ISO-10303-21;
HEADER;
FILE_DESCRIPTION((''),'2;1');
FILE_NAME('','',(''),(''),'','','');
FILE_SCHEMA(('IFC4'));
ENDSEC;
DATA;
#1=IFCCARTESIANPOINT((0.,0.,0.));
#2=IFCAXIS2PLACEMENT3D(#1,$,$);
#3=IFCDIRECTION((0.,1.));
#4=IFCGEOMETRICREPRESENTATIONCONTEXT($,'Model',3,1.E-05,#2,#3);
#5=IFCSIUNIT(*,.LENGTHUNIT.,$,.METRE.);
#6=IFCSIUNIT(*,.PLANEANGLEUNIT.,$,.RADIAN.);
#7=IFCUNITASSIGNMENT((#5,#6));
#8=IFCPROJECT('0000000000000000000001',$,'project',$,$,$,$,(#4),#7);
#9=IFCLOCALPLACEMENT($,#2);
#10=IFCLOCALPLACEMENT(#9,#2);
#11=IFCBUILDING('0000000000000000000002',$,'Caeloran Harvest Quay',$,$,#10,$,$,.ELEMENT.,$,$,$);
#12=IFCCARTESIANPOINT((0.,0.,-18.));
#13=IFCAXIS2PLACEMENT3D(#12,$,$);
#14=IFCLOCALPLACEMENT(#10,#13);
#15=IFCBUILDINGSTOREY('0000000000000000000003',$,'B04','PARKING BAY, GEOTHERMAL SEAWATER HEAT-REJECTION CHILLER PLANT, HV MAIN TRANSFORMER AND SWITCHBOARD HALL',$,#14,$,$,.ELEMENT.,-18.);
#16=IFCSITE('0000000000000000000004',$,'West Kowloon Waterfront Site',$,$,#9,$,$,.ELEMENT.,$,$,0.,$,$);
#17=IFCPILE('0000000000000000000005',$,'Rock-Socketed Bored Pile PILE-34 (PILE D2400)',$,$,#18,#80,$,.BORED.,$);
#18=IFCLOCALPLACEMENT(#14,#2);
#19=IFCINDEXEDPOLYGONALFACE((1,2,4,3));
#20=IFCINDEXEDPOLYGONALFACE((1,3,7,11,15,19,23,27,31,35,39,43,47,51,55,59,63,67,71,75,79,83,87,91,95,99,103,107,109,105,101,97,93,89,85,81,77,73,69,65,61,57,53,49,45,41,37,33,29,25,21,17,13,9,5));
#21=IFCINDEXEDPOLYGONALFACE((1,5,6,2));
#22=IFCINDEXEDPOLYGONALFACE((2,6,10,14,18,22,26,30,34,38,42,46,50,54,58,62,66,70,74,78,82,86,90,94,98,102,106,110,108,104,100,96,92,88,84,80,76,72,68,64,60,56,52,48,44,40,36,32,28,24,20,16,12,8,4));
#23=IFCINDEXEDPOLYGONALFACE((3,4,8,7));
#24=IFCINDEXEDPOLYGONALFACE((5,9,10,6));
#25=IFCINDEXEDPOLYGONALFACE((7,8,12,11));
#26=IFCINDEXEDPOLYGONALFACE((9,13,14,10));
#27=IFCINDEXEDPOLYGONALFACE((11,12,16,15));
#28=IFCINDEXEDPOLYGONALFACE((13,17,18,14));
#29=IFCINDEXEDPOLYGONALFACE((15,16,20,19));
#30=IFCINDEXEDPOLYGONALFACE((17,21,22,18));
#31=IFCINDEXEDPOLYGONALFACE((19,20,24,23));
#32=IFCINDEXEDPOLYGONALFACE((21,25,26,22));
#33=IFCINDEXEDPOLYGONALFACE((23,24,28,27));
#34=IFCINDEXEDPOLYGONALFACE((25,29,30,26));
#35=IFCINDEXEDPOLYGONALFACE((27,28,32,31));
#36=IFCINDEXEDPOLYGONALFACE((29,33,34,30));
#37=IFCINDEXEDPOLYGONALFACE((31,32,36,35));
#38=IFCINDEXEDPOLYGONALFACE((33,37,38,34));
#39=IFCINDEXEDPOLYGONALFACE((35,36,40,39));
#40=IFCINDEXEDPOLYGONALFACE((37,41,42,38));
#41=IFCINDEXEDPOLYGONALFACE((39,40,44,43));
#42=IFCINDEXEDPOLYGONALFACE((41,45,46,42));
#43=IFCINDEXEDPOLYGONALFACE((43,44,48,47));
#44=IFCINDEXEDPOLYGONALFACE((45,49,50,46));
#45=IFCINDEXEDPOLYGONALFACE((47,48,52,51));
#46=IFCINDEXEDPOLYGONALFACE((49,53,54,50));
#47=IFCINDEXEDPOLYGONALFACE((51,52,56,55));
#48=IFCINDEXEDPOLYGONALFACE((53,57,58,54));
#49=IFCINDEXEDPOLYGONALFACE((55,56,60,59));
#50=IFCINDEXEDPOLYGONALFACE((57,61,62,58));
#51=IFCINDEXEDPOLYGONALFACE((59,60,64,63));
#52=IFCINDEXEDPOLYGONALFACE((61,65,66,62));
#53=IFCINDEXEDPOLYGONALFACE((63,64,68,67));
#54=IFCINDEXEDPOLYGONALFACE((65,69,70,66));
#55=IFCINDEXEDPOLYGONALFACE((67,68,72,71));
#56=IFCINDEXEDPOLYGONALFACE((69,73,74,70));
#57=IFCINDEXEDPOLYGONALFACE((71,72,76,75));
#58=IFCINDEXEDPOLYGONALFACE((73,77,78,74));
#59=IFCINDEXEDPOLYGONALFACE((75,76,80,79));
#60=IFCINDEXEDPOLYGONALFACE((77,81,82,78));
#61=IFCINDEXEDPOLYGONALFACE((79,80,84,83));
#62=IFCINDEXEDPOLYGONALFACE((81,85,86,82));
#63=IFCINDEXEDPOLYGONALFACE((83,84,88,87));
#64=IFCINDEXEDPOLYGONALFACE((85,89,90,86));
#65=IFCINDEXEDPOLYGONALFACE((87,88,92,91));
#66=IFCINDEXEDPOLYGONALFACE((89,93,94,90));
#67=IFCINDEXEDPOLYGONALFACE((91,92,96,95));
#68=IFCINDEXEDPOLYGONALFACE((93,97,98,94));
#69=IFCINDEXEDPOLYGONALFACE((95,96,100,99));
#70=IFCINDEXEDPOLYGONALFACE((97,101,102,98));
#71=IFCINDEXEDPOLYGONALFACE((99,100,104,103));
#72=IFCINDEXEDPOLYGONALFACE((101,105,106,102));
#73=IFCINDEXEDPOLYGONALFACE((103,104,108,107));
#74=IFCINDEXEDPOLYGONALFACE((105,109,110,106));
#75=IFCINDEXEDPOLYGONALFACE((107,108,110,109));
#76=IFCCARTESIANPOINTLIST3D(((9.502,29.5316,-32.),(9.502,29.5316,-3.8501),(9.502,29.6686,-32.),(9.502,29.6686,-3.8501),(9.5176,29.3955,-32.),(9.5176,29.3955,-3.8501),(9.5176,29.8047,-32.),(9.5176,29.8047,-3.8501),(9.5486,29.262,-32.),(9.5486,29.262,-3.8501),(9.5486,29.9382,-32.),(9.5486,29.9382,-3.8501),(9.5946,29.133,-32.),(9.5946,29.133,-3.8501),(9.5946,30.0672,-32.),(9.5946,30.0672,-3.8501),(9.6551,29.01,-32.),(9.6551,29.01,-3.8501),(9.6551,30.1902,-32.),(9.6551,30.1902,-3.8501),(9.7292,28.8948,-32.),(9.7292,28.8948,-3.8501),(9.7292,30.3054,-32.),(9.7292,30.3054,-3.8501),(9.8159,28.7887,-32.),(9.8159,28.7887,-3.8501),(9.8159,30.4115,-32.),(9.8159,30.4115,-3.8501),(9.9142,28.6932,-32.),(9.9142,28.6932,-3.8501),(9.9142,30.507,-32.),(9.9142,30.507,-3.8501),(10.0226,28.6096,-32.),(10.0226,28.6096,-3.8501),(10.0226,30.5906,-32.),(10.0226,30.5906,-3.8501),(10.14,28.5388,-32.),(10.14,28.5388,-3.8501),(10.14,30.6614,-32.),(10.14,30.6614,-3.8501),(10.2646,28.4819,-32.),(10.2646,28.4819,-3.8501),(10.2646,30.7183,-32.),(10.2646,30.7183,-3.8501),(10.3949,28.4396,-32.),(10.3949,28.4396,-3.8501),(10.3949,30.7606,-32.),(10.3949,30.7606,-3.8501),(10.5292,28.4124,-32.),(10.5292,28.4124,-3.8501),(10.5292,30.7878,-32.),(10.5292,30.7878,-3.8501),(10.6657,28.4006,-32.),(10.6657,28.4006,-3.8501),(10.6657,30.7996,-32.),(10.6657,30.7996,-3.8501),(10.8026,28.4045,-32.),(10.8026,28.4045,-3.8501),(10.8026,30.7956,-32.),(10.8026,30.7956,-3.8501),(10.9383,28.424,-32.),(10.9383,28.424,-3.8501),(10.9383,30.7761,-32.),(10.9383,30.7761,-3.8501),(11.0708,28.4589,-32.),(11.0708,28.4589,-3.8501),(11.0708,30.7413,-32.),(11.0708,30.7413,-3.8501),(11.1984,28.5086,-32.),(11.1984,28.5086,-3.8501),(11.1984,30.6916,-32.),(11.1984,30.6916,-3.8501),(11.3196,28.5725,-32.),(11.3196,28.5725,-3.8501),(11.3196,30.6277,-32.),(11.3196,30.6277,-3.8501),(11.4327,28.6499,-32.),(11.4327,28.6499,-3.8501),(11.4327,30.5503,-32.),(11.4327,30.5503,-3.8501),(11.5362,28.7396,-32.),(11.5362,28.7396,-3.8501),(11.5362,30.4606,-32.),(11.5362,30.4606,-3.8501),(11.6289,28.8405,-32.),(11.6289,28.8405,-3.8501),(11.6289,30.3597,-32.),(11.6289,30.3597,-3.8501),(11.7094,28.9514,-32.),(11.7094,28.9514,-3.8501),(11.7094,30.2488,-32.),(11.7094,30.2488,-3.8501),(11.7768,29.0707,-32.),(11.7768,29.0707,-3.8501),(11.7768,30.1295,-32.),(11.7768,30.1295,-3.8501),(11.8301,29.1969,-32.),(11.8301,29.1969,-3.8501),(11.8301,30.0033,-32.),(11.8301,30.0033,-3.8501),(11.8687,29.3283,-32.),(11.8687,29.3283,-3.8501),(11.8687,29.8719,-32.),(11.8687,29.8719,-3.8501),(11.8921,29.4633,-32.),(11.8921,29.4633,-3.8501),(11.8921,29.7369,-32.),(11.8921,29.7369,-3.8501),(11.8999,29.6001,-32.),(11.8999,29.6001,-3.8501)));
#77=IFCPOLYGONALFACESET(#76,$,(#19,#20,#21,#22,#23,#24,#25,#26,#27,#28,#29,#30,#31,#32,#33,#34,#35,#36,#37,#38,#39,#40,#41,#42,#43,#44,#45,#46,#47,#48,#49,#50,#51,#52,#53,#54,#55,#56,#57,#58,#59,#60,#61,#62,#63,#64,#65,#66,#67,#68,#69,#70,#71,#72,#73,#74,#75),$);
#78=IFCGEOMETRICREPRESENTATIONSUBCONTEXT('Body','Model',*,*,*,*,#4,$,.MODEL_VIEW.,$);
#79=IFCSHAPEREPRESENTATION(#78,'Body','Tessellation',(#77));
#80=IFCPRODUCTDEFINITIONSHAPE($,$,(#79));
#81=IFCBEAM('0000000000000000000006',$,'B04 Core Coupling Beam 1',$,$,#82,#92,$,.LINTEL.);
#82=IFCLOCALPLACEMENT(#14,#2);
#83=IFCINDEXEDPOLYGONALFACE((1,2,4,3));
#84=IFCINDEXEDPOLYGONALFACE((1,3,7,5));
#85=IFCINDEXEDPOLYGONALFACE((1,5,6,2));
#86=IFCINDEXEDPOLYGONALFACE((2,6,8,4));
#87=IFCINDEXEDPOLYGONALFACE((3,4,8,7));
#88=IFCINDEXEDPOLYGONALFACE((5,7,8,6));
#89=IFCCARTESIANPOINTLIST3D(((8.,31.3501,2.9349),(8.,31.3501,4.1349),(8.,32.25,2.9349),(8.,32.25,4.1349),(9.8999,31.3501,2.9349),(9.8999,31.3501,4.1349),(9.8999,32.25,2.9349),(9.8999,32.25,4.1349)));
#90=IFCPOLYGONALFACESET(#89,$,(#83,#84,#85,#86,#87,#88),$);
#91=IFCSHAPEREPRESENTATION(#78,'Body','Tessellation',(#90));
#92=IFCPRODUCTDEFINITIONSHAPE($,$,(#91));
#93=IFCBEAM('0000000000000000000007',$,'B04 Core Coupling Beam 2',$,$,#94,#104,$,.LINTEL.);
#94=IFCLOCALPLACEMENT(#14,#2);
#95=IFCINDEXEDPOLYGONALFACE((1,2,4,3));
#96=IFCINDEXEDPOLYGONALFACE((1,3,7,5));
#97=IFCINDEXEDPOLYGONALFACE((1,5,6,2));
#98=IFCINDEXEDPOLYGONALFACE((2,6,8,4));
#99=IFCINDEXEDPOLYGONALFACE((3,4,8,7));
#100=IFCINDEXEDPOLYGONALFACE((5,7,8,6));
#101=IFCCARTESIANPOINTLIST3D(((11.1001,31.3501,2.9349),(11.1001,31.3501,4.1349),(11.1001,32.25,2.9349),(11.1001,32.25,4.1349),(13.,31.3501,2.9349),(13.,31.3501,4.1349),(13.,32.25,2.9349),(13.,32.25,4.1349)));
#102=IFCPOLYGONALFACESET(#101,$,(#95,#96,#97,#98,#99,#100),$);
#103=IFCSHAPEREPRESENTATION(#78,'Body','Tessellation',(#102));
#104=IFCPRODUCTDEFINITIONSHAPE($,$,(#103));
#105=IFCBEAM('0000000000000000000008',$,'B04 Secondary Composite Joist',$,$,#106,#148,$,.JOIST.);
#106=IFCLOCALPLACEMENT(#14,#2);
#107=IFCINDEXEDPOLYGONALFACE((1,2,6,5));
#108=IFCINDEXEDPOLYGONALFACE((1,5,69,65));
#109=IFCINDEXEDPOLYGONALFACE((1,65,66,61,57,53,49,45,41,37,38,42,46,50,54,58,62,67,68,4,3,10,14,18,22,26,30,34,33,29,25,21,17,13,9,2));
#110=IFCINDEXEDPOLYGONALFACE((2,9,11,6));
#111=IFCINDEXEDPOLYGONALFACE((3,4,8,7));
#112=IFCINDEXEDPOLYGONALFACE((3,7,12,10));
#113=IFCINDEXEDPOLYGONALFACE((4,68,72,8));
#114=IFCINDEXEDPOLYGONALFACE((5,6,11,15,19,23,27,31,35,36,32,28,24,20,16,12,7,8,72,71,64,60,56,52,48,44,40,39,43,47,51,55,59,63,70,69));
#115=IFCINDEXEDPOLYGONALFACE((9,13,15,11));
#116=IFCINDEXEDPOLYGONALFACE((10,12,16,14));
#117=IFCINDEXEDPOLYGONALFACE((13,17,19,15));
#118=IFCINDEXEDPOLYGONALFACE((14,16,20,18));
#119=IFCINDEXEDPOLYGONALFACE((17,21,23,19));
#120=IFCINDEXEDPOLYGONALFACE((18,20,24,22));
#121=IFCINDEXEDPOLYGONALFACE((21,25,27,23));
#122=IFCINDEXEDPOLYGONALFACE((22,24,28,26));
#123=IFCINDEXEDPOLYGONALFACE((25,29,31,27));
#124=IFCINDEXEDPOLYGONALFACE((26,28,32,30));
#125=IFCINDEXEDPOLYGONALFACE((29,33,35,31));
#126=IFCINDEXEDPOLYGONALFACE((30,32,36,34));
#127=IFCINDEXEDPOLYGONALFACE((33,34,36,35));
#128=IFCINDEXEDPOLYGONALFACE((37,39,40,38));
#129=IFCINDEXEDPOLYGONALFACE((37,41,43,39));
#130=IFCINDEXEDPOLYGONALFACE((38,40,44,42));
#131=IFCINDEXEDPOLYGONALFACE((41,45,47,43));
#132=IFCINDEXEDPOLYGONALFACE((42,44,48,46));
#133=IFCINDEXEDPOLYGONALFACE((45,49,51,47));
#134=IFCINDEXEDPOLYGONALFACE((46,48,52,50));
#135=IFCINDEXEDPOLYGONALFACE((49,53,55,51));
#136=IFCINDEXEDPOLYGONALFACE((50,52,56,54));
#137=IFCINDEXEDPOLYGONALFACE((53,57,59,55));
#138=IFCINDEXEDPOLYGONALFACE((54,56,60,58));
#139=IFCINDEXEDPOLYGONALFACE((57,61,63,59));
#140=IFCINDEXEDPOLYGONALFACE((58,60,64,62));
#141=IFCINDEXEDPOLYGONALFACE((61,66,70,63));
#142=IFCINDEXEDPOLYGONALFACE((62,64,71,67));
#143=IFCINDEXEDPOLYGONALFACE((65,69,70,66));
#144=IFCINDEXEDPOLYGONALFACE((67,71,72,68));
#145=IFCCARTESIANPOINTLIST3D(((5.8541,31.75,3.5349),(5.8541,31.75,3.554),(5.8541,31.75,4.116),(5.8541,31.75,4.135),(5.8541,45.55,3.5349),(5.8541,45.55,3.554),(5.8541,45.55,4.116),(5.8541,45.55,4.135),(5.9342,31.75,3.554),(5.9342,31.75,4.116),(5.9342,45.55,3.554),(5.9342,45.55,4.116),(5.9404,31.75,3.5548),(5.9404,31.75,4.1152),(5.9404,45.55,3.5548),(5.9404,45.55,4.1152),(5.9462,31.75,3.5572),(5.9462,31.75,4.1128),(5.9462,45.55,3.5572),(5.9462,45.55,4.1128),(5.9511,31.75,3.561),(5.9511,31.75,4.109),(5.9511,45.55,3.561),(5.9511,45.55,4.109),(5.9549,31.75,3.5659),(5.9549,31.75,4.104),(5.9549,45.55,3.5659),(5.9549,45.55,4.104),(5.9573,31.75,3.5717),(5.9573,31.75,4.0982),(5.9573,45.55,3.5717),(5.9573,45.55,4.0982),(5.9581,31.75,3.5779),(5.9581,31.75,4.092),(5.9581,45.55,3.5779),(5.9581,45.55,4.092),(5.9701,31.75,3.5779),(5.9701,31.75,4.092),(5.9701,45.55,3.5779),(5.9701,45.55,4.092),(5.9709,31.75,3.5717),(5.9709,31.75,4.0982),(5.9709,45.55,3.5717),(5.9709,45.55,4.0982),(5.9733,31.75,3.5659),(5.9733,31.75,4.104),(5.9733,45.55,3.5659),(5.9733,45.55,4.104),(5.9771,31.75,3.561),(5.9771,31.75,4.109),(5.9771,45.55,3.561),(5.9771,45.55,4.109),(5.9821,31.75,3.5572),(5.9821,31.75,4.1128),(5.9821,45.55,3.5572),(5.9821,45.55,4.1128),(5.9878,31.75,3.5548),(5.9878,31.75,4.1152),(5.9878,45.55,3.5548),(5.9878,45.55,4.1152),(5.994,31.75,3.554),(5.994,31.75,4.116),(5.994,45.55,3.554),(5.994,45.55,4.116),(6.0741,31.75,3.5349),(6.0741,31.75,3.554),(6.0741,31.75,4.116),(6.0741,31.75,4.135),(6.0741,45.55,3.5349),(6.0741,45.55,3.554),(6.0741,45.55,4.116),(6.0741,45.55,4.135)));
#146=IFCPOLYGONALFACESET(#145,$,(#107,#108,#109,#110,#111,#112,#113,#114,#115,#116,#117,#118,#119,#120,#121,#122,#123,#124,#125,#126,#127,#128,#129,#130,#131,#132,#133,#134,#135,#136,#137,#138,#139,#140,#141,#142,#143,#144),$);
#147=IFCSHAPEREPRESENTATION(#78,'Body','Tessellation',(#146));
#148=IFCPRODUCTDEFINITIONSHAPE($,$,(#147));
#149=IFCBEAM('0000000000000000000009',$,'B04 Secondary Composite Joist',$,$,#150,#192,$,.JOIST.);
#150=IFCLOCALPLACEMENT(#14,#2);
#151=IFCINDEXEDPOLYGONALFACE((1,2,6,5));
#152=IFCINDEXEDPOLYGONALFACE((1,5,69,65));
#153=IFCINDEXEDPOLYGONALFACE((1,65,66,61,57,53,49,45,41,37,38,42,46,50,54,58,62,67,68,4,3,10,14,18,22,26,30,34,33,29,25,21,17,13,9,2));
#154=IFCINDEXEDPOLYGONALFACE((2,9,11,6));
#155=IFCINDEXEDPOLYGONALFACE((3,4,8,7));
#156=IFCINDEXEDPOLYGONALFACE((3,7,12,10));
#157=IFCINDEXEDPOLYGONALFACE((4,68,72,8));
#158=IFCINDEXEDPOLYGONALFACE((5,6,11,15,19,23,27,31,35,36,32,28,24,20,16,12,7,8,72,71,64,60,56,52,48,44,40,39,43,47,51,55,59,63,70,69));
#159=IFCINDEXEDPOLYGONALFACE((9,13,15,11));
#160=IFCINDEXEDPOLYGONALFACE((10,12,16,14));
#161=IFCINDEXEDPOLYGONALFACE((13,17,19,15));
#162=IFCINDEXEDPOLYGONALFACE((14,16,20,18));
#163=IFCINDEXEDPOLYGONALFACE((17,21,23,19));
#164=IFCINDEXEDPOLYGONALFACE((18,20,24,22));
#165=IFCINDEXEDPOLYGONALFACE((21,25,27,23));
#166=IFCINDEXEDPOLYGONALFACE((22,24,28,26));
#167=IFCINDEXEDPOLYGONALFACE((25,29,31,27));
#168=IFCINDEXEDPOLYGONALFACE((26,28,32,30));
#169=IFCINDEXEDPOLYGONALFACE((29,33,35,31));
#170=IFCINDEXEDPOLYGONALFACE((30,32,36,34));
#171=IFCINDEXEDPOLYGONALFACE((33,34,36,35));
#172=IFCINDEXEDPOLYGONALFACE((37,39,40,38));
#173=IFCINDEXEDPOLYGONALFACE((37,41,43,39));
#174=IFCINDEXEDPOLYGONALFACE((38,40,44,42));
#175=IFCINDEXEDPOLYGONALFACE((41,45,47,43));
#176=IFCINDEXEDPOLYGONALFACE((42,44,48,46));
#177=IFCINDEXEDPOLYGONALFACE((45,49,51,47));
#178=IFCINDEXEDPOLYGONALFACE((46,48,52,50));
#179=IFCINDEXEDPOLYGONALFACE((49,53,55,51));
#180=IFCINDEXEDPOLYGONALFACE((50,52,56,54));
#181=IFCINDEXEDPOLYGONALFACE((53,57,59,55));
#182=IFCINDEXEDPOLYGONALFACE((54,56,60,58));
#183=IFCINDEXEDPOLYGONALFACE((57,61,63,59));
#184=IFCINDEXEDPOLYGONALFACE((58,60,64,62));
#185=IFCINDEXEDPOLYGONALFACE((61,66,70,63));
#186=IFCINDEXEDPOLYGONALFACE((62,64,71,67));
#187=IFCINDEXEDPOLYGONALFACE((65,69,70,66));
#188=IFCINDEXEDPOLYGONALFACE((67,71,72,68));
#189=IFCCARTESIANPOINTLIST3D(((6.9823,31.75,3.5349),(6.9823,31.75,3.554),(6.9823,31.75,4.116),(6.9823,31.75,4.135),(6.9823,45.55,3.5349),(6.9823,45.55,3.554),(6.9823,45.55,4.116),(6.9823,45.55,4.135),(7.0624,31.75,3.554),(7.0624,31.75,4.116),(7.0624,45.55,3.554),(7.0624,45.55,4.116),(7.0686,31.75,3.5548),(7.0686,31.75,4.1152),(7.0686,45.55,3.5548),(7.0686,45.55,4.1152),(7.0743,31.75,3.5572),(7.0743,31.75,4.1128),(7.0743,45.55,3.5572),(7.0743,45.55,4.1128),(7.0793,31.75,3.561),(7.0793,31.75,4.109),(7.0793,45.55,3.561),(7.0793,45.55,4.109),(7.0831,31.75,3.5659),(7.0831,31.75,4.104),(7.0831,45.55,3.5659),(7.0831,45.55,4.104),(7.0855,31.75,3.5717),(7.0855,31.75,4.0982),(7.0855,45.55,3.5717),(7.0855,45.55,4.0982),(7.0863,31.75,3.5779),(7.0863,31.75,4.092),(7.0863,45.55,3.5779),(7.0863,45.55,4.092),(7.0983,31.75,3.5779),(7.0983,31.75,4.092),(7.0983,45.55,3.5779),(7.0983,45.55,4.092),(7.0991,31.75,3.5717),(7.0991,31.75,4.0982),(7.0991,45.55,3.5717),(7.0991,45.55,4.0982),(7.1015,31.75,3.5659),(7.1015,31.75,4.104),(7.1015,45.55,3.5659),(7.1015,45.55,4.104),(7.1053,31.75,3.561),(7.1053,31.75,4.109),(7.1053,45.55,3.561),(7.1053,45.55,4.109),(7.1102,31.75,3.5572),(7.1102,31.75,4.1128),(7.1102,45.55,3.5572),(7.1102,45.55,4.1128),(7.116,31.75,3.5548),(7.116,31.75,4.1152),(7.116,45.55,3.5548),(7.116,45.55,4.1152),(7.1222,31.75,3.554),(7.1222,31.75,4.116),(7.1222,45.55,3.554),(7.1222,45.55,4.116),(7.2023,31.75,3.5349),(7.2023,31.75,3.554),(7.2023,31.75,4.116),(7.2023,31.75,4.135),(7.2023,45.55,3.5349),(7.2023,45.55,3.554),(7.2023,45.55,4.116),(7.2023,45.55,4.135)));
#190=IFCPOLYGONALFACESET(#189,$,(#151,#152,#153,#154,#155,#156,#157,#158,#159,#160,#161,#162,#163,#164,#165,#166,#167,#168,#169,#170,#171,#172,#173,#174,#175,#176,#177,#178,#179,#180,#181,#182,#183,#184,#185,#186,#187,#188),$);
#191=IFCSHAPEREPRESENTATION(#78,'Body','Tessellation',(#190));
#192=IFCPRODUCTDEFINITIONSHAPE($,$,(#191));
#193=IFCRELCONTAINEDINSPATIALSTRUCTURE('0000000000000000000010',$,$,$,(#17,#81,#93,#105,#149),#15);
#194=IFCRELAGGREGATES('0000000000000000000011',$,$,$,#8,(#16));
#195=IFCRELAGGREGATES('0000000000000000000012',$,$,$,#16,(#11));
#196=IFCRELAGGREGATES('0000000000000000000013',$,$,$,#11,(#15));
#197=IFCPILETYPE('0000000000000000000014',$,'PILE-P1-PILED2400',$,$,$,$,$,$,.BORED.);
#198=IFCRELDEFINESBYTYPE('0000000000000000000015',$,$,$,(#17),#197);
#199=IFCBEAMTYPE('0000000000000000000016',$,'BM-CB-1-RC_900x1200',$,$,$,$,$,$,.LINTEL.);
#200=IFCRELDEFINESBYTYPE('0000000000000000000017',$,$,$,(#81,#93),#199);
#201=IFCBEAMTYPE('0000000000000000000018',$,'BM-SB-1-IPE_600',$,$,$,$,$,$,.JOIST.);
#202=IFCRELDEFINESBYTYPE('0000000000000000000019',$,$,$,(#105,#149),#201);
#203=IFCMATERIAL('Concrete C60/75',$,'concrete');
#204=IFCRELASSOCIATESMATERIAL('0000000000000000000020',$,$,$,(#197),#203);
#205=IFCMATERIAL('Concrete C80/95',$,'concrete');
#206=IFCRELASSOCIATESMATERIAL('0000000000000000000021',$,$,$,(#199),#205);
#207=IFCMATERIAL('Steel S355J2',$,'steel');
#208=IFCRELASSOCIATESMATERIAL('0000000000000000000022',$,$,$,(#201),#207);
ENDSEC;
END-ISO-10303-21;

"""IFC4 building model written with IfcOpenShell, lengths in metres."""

from ifc_helpers import new_model, si_unit, direction, frame, origin, origin_2d, place, context, subcontext, project, spatial, rectangle, circle, i_section, extrude, material, material_profile, profile_set, type_object, element, save


model = new_model("IFC4")

# Units and contexts
model_context = context("Model", 3, precision=1e-05, world=origin(), true_north=direction((0.0, 1.0)))
body_context = subcontext(model_context, "Body", "Model", "MODEL_VIEW")
ifc_project = project(units=[si_unit("LENGTHUNIT", "METRE"), si_unit("PLANEANGLEUNIT", "RADIAN")], contexts=[model_context])

# Site, building, storey
site_placement = place(None, origin())
site = spatial("IfcSite", under=ifc_project, at=site_placement, Name="West Kowloon Waterfront Site", CompositionType="ELEMENT", RefElevation=0.0)
building_placement = place(site_placement, origin())
building = spatial("IfcBuilding", under=site, at=building_placement, Name="Caeloran Harvest Quay", CompositionType="ELEMENT")
storey_placement = place(building_placement, frame((0.0, 0.0, -18.0)))
storey = spatial("IfcBuildingStorey", under=building, at=storey_placement, Name="B04", Description="PARKING BAY, GEOTHERMAL SEAWATER HEAT-REJECTION CHILLER PLANT, HV MAIN TRANSFORMER AND SWITCHBOARD HALL", CompositionType="ELEMENT", Elevation=-18.0)

# Pile
ifc_material_1 = material(Name="Concrete C60/75", Category="concrete")
ifc_material_profile_1 = material_profile(ifc_material_1, circle(Radius=1.2, at=origin_2d()), Name="PILE D2400")
ifc_profile_set_1 = profile_set([ifc_material_profile_1], Name="Concrete C60/75")
pile_type = type_object("IfcPileType", Name="PILE-P1-PILED2400", PredefinedType="BORED", material=ifc_profile_set_1)
pile_placement = place(storey_placement, frame((10.7, 29.6001, -3.8501), z_axis=(0.0, 0.0, -1.0), x_axis=(1.0, 0.0, 0.0)))
element("IfcPile", 1, at=pile_placement, inside=storey, type_object=pile_type, Name="Rock-Socketed Bored Pile PILE-34 (PILE D2400)", PredefinedType="BORED", context=body_context, shape_type="SweptSolid", body=[
    extrude(circle(Radius=1.2, at=origin_2d()), origin(), (0.0, 0.0, 1.0), 28.1499),
])

# Beams
ifc_material_2 = material(Name="Concrete C80/95", Category="concrete")
ifc_material_profile_2 = material_profile(ifc_material_2, rectangle(XDim=0.8999, YDim=1.2, at=origin_2d()), Name="RC 900x1200")
ifc_profile_set_2 = profile_set([ifc_material_profile_2], Name="Concrete C80/95")
beam_type_1 = type_object("IfcBeamType", Name="BM-CB-1-RC_900x1200", PredefinedType="LINTEL", material=ifc_profile_set_2)
for number, where, z_axis, x_axis, name in (
    (2, (8.0, 31.8, 3.5349), (1.0, 0.0, 0.0), (0.0, 1.0, 0.0), "B04 Core Coupling Beam 1"),
    (3, (11.1001, 31.8, 3.5349), (1.0, 0.0, 0.0), (0.0, 1.0, 0.0), "B04 Core Coupling Beam 2"),
):
    element("IfcBeam", number, at=place(storey_placement, frame(where, z_axis=z_axis, x_axis=x_axis)), inside=storey, type_object=beam_type_1, Name=name, PredefinedType="LINTEL", context=body_context, shape_type="SweptSolid", body=[
        extrude(rectangle(XDim=0.8999, YDim=1.2, at=origin_2d()), origin(), (0.0, 0.0, 1.0), 1.8999),
    ])
ifc_material_3 = material(Name="Steel S355J2", Category="steel")
ifc_material_profile_3 = material_profile(ifc_material_3, i_section(OverallWidth=0.22, OverallDepth=0.6001, WebThickness=0.012, FlangeThickness=0.019, FilletRadius=0.0239, at=origin_2d()), Name="IPE 600")
ifc_profile_set_3 = profile_set([ifc_material_profile_3], Name="Steel S355J2")
beam_type_2 = type_object("IfcBeamType", Name="BM-SB-1-IPE_600", PredefinedType="JOIST", material=ifc_profile_set_3)
for number, where, z_axis, x_axis, name in (
    (4, (5.9641, 31.75, 3.835), (0.0, 1.0, 0.0), (-1.0, 0.0, 0.0), "B04 Secondary Composite Joist"),
    (5, (7.0923, 31.75, 3.835), (0.0, 1.0, 0.0), (-1.0, 0.0, 0.0), "B04 Secondary Composite Joist"),
):
    element("IfcBeam", number, at=place(storey_placement, frame(where, z_axis=z_axis, x_axis=x_axis)), inside=storey, type_object=beam_type_2, Name=name, PredefinedType="JOIST", context=body_context, shape_type="SweptSolid", body=[
        extrude(i_section(OverallWidth=0.22, OverallDepth=0.6001, WebThickness=0.012, FlangeThickness=0.019, FilletRadius=0.0239, at=origin_2d()), origin(), (0.0, 0.0, 1.0), 13.8),
    ])

save(model, "model.ifc")
